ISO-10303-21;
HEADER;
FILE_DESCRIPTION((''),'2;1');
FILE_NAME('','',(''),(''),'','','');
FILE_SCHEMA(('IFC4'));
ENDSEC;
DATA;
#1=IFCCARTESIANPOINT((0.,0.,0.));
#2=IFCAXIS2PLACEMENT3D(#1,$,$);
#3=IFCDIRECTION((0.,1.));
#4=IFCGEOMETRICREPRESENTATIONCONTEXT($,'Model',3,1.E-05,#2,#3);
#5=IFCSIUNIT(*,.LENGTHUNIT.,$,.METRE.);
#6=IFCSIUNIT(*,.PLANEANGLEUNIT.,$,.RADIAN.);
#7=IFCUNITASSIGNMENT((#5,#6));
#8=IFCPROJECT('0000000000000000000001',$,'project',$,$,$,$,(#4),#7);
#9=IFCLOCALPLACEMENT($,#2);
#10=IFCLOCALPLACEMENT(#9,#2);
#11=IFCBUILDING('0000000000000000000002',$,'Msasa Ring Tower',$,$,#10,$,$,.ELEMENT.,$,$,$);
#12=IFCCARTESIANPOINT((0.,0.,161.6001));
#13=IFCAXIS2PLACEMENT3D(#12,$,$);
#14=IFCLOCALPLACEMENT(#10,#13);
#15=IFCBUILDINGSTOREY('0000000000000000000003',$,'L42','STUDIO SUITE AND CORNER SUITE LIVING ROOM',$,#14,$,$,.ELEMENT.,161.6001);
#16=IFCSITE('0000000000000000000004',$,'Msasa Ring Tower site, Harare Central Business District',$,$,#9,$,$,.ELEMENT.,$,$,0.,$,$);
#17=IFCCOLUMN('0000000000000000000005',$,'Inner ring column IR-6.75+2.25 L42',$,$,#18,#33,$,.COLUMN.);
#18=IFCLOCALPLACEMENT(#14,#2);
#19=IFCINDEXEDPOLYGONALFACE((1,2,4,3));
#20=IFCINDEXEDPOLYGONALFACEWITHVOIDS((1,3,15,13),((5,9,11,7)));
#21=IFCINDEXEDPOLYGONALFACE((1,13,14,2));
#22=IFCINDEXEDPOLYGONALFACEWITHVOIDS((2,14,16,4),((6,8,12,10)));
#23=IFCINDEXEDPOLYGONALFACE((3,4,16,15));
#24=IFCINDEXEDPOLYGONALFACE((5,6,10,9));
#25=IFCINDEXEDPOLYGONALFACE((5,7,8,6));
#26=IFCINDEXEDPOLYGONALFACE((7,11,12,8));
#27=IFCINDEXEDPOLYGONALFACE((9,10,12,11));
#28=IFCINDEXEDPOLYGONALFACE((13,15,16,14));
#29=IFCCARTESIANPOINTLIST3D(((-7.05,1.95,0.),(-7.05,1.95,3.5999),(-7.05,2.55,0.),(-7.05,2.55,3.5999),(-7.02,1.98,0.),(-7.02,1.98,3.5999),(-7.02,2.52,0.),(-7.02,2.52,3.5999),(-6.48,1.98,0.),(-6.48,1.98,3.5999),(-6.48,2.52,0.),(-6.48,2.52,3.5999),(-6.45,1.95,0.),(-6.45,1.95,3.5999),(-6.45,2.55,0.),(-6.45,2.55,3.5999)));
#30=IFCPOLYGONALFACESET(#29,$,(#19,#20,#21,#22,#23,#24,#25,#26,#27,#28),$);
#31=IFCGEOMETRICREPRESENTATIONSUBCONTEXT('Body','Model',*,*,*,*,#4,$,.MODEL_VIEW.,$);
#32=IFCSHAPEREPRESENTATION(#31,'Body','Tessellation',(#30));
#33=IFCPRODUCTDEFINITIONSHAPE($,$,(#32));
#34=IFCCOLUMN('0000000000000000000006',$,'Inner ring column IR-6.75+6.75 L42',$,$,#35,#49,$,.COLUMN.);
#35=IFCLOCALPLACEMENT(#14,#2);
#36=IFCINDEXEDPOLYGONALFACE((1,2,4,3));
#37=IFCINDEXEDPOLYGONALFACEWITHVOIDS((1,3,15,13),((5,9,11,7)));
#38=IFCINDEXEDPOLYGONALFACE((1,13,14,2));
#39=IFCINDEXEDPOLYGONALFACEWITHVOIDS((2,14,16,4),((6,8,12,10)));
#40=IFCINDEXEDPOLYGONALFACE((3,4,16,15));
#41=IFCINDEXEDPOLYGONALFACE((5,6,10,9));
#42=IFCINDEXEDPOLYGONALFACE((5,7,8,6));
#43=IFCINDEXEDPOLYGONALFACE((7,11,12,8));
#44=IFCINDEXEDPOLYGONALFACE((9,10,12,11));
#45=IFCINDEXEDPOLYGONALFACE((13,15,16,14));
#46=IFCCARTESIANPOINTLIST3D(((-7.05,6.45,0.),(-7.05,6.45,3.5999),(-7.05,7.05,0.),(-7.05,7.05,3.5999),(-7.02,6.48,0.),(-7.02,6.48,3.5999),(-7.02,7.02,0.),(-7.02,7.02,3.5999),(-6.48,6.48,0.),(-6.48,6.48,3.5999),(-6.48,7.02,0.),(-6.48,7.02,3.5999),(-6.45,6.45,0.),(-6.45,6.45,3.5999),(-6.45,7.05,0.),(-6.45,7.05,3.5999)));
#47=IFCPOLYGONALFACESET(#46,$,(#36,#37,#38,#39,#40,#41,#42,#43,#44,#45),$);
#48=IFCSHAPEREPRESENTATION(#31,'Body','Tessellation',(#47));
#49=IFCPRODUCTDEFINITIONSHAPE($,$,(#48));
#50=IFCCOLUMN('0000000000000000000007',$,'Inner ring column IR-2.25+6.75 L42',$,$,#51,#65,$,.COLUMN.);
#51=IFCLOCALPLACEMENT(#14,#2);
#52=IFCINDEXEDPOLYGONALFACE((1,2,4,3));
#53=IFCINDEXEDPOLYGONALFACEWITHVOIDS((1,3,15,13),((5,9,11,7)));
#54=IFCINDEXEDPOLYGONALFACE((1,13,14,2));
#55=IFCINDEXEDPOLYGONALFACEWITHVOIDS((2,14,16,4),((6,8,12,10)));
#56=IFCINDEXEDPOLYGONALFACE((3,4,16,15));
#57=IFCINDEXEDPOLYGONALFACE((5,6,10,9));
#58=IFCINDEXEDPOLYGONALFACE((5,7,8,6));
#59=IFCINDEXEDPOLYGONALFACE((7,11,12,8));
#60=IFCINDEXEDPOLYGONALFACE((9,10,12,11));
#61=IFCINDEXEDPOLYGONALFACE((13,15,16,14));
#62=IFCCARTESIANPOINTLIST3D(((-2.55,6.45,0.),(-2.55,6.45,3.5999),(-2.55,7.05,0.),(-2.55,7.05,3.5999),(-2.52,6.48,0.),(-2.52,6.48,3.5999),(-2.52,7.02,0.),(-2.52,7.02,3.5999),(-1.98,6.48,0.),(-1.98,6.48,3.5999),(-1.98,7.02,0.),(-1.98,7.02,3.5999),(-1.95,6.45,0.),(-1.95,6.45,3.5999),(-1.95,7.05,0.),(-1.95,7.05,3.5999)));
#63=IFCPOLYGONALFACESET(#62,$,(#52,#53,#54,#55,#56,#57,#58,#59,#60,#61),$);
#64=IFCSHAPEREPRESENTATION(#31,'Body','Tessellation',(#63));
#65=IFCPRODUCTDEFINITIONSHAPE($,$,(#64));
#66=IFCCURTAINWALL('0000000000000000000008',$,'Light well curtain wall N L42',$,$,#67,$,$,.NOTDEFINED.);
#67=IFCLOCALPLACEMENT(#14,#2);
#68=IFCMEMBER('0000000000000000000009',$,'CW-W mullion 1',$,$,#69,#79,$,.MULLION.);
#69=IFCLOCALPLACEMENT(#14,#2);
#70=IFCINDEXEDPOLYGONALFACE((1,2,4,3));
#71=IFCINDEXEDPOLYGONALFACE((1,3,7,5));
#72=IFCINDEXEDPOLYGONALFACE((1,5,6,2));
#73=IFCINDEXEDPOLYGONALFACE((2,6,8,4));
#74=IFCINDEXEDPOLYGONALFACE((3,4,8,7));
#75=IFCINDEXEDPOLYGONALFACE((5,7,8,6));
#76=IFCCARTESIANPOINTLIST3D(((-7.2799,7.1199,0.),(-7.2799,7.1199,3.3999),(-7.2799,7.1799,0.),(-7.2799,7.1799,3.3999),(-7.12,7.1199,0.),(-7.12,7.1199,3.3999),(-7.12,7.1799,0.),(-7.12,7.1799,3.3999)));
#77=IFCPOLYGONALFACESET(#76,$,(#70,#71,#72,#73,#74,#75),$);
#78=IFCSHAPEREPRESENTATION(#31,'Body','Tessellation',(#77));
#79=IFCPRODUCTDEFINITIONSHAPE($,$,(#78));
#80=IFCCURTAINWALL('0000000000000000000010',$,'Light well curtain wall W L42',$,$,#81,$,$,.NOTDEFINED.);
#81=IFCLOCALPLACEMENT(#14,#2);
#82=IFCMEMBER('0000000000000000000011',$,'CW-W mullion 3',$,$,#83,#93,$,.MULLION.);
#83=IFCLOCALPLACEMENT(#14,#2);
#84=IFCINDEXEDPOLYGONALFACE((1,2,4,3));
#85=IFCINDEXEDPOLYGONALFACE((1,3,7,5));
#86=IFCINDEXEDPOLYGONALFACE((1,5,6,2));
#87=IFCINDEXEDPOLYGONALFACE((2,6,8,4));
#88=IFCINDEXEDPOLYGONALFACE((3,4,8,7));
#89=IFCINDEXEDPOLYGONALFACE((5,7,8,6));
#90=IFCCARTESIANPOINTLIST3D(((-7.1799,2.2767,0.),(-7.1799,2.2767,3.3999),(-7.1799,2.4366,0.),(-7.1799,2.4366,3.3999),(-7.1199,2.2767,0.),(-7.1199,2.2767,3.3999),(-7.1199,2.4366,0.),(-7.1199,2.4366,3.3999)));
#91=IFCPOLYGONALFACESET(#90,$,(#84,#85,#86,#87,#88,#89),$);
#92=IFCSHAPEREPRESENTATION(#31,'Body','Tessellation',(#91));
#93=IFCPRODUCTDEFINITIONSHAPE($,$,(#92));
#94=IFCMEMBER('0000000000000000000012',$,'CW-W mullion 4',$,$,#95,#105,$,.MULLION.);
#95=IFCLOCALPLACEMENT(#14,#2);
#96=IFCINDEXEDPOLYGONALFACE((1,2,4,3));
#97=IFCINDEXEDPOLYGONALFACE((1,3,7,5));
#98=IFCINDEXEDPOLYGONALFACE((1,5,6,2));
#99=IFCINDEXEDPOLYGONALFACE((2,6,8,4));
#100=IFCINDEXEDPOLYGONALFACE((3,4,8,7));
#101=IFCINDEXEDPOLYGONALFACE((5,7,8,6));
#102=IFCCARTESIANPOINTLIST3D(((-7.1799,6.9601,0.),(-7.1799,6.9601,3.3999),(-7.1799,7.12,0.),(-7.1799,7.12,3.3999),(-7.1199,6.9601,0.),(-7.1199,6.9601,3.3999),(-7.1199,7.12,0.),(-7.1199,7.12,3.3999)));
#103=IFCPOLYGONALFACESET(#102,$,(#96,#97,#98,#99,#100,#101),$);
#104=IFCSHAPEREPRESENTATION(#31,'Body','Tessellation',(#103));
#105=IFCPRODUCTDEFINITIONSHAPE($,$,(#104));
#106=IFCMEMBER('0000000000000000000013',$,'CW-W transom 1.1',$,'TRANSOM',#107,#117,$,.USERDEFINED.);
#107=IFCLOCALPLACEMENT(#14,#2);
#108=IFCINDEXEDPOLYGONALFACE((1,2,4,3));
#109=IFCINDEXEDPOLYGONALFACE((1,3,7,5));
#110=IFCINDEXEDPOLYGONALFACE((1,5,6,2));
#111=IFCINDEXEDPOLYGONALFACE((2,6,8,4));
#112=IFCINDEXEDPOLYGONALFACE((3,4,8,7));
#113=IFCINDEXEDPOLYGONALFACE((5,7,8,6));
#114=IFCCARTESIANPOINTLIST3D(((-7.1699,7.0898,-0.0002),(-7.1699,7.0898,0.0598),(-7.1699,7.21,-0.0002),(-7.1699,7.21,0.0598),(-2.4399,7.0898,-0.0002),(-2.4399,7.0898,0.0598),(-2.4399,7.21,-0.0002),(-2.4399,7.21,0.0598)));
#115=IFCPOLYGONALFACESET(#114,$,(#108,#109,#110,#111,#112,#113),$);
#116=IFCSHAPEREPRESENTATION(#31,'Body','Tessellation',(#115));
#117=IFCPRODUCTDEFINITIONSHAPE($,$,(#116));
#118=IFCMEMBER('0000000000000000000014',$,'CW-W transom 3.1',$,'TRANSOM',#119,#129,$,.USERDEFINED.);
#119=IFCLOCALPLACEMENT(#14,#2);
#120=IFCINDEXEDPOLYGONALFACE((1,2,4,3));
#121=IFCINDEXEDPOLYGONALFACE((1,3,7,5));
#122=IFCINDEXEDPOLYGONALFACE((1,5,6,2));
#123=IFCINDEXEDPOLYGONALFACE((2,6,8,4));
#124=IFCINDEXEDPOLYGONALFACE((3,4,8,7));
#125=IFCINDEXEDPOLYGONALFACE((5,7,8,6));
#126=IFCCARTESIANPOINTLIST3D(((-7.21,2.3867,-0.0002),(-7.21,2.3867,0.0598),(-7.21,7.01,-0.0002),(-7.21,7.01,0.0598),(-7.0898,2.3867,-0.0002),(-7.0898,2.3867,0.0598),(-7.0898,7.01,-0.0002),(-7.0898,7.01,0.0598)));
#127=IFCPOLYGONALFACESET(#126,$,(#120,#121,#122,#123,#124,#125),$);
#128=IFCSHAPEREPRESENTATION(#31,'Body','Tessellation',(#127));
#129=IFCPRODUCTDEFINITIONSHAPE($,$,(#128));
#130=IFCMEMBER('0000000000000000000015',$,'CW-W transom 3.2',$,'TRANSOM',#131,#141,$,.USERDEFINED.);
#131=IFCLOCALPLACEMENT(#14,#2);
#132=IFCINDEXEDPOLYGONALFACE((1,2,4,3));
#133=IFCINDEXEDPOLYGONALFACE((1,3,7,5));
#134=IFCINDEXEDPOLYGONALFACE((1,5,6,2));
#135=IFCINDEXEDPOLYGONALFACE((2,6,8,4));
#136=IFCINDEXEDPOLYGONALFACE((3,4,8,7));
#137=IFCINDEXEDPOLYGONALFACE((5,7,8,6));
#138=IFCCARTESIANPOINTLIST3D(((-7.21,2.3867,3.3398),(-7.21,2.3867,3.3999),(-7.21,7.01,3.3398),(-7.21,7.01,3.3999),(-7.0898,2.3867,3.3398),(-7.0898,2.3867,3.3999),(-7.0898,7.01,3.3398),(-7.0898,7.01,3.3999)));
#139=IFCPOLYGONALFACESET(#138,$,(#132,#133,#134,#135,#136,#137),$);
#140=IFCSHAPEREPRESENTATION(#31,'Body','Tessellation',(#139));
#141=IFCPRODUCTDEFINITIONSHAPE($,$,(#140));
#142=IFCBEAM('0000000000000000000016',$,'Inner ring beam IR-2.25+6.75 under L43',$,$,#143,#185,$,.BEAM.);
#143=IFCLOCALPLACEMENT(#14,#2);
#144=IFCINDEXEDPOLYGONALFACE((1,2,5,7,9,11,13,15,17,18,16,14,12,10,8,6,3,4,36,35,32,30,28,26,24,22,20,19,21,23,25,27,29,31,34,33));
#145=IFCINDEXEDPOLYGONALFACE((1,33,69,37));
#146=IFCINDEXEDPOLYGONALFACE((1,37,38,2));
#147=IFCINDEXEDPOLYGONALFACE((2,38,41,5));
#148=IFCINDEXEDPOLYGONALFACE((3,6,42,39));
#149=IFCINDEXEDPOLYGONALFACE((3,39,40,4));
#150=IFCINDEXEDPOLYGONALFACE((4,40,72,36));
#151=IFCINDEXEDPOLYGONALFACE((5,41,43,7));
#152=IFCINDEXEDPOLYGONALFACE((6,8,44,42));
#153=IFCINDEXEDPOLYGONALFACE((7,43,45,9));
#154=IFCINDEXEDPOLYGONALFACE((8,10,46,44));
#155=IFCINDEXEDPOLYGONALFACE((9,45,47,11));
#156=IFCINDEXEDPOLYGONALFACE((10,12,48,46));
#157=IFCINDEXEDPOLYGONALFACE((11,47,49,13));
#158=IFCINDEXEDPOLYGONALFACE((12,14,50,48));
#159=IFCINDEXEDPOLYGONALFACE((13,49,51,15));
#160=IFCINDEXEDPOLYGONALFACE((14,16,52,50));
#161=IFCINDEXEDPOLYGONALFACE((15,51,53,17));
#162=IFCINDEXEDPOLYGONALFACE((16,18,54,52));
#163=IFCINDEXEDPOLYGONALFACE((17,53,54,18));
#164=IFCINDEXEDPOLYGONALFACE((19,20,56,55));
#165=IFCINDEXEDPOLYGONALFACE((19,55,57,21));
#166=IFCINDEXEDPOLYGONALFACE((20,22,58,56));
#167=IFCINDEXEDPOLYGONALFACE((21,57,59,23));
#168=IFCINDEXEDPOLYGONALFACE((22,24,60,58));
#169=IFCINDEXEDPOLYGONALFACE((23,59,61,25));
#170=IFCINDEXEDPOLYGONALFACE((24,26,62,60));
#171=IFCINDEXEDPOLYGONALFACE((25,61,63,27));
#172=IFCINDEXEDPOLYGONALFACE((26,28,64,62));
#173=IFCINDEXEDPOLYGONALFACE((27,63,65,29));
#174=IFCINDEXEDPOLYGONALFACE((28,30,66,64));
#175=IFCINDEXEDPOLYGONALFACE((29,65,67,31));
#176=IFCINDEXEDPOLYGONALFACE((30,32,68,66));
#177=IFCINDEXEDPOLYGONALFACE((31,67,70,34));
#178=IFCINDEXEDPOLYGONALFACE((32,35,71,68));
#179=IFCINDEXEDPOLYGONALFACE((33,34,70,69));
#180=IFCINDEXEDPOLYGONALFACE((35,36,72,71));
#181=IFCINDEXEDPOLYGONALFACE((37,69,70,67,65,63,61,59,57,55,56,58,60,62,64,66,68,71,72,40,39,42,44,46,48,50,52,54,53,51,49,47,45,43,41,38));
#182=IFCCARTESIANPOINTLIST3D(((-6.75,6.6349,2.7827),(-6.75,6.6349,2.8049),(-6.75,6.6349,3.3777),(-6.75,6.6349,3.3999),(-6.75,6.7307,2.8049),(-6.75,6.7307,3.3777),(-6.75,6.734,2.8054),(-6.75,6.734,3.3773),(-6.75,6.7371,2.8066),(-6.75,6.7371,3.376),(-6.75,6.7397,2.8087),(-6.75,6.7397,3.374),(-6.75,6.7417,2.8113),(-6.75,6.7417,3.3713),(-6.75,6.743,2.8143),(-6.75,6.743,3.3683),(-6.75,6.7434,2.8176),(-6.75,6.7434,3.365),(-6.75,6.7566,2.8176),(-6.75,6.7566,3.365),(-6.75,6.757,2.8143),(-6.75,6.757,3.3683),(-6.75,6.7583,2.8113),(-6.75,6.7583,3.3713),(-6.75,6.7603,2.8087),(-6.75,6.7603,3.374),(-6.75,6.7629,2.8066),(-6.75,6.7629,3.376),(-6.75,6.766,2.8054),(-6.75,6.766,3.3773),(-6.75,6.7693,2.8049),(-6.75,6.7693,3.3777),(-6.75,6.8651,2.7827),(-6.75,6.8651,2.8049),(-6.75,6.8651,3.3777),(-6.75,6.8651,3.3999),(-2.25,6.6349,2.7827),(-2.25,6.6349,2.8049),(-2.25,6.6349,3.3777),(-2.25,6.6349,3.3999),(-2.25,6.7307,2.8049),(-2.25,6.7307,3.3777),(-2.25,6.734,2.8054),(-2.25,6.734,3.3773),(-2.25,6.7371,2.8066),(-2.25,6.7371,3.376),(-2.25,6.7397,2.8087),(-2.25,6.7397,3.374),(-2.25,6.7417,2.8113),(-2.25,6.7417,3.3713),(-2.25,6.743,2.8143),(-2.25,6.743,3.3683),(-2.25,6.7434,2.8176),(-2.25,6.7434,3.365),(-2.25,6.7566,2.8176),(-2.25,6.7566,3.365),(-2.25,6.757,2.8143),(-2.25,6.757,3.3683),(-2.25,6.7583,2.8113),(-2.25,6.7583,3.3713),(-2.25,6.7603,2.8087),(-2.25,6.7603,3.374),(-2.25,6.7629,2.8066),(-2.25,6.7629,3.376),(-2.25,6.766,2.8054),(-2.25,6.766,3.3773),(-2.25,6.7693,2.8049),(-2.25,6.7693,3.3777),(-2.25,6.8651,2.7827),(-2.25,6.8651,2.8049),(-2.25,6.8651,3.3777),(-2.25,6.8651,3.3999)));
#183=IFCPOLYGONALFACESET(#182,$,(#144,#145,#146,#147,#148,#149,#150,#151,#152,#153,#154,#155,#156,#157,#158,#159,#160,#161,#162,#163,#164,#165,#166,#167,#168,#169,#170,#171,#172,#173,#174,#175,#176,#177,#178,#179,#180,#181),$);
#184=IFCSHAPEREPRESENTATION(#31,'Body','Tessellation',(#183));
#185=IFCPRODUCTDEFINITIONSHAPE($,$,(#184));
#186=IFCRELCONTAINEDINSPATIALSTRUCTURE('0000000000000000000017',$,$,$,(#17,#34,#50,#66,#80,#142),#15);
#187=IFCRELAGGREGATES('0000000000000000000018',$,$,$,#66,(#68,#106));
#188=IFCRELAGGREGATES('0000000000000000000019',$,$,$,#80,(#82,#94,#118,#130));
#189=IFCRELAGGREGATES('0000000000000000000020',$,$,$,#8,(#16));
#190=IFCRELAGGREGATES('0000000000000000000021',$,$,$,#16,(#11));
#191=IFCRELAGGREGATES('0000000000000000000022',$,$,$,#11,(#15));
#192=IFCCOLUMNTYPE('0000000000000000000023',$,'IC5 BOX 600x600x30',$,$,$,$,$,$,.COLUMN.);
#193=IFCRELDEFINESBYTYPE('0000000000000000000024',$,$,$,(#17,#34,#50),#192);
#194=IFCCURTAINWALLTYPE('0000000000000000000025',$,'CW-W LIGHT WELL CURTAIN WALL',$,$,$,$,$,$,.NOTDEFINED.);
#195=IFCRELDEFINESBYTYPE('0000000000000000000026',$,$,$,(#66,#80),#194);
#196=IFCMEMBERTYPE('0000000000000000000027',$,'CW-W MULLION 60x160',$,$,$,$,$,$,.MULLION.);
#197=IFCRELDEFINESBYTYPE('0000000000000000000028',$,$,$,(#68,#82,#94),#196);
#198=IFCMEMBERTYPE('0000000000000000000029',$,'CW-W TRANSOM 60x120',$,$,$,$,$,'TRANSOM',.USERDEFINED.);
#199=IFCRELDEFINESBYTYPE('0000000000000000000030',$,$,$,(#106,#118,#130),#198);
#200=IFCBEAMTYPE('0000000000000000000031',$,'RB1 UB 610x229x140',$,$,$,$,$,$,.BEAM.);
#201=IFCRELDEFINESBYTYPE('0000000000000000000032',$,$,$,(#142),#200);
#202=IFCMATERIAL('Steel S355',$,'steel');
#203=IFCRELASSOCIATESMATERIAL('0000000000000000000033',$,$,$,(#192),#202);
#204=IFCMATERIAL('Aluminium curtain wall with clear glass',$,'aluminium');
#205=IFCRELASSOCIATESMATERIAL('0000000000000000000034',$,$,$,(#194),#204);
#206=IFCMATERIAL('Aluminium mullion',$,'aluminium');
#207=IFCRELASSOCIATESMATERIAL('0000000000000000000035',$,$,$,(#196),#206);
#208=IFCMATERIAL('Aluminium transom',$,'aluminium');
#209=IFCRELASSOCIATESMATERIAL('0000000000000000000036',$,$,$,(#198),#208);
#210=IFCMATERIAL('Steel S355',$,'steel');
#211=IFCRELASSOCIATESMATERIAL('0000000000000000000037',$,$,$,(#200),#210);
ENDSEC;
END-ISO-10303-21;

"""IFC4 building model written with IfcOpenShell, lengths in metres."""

from ifc_helpers import new_model, si_unit, direction, frame, origin, origin_2d, place, context, subcontext, project, spatial, rectangle, hollow_rectangle, i_section, extrude, material, material_profile, profile_set, type_object, element, aggregate, save


model = new_model("IFC4")

# Units and contexts
model_context = context("Model", 3, precision=1e-05, world=origin(), true_north=direction((0.0, 1.0)))
body_context = subcontext(model_context, "Body", "Model", "MODEL_VIEW")
ifc_project = project(units=[si_unit("LENGTHUNIT", "METRE"), si_unit("PLANEANGLEUNIT", "RADIAN")], contexts=[model_context])

# Site, building, storey
site_placement = place(None, origin())
site = spatial("IfcSite", under=ifc_project, at=site_placement, Name="Msasa Ring Tower site, Harare Central Business District", CompositionType="ELEMENT", RefElevation=0.0)
building_placement = place(site_placement, origin())
building = spatial("IfcBuilding", under=site, at=building_placement, Name="Msasa Ring Tower", CompositionType="ELEMENT")
storey_placement = place(building_placement, frame((0.0, 0.0, 161.6001)))
storey = spatial("IfcBuildingStorey", under=building, at=storey_placement, Name="L42", Description="STUDIO SUITE AND CORNER SUITE LIVING ROOM", CompositionType="ELEMENT", Elevation=161.6001)

# Columns
ifc_material_1 = material(Name="Steel S355", Category="steel")
ifc_material_profile_1 = material_profile(ifc_material_1, hollow_rectangle(XDim=0.6001, YDim=0.6001, WallThickness=0.03, at=origin_2d()), Name="BOX 600x600x30")
ifc_profile_set_1 = profile_set([ifc_material_profile_1], Name="Steel S355")
column_type = type_object("IfcColumnType", Name="IC5 BOX 600x600x30", PredefinedType="COLUMN", material=ifc_profile_set_1)
for number, where, z_axis, x_axis, name in (
    (1, (-6.75, 2.25, 0.0), (0.0, 0.0, 1.0), (1.0, 0.0, 0.0), "Inner ring column IR-6.75+2.25 L42"),
    (2, (-6.75, 6.75, 0.0), (0.0, 0.0, 1.0), (1.0, 0.0, 0.0), "Inner ring column IR-6.75+6.75 L42"),
    (3, (-2.25, 6.75, 0.0), (0.0, 0.0, 1.0), (1.0, 0.0, 0.0), "Inner ring column IR-2.25+6.75 L42"),
):
    element("IfcColumn", number, at=place(storey_placement, frame(where, z_axis=z_axis, x_axis=x_axis)), inside=storey, type_object=column_type, Name=name, PredefinedType="COLUMN", context=body_context, shape_type="SweptSolid", body=[
        extrude(hollow_rectangle(XDim=0.6001, YDim=0.6001, WallThickness=0.03, at=origin_2d()), origin(), (0.0, 0.0, 1.0), 3.5999),
    ])

# Curtain wall, member
ifc_material_2 = material(Name="Aluminium curtain wall with clear glass", Category="aluminium")
curtain_wall_type = type_object("IfcCurtainWallType", Name="CW-W LIGHT WELL CURTAIN WALL", PredefinedType="NOTDEFINED", material=ifc_material_2)
curtain_wall_1_placement = place(storey_placement, origin())
curtain_wall_1 = element("IfcCurtainWall", 4, at=curtain_wall_1_placement, inside=storey, type_object=curtain_wall_type, Name="Light well curtain wall N L42", PredefinedType="NOTDEFINED")
ifc_material_3 = material(Name="Aluminium mullion", Category="aluminium")
ifc_material_profile_2 = material_profile(ifc_material_3, rectangle(XDim=0.0601, YDim=0.1599, at=origin_2d()), Name="AL 60x160")
ifc_profile_set_2 = profile_set([ifc_material_profile_2], Name="Aluminium mullion")
member_type_1 = type_object("IfcMemberType", Name="CW-W MULLION 60x160", PredefinedType="MULLION", material=ifc_profile_set_2)
member_1_placement = place(storey_placement, frame((-7.2, 7.1499, 0.0), z_axis=(0.0, 0.0, 1.0), x_axis=(0.0, 1.0, 0.0)))
member_1 = element("IfcMember", 5, at=member_1_placement, type_object=member_type_1, Name="CW-W mullion 1", PredefinedType="MULLION", context=body_context, shape_type="SweptSolid", body=[
    extrude(rectangle(XDim=0.0601, YDim=0.1599, at=origin_2d()), origin(), (0.0, 0.0, 1.0), 3.3999),
])

# Curtain wall, members
curtain_wall_2_placement = place(storey_placement, origin())
curtain_wall_2 = element("IfcCurtainWall", 6, at=curtain_wall_2_placement, inside=storey, type_object=curtain_wall_type, Name="Light well curtain wall W L42", PredefinedType="NOTDEFINED")
member_2_placement = place(storey_placement, frame((-7.1499, 2.3567, 0.0), z_axis=(0.0, 0.0, 1.0), x_axis=(-1.0, 0.0, 0.0)))
member_2 = element("IfcMember", 7, at=member_2_placement, type_object=member_type_1, Name="CW-W mullion 3", PredefinedType="MULLION", context=body_context, shape_type="SweptSolid", body=[
    extrude(rectangle(XDim=0.0601, YDim=0.1599, at=origin_2d()), origin(), (0.0, 0.0, 1.0), 3.3999),
])
member_3_placement = place(storey_placement, frame((-7.1499, 7.04, 0.0), z_axis=(0.0, 0.0, 1.0), x_axis=(-1.0, 0.0, 0.0)))
member_3 = element("IfcMember", 8, at=member_3_placement, type_object=member_type_1, Name="CW-W mullion 4", PredefinedType="MULLION", context=body_context, shape_type="SweptSolid", body=[
    extrude(rectangle(XDim=0.0601, YDim=0.1599, at=origin_2d()), origin(), (0.0, 0.0, 1.0), 3.3999),
])

# Members
ifc_material_4 = material(Name="Aluminium transom", Category="aluminium")
ifc_material_profile_3 = material_profile(ifc_material_4, rectangle(XDim=0.1201, YDim=0.0601, at=origin_2d()), Name="AL 60x120")
ifc_profile_set_3 = profile_set([ifc_material_profile_3], Name="Aluminium transom")
member_type_2 = type_object("IfcMemberType", Name="CW-W TRANSOM 60x120", ElementType="TRANSOM", PredefinedType="USERDEFINED", material=ifc_profile_set_3)
member_4_placement = place(storey_placement, frame((-7.1699, 7.1499, 0.0298), z_axis=(1.0, 0.0, 0.0), x_axis=(0.0, 1.0, 0.0)))
member_4 = element("IfcMember", 9, at=member_4_placement, type_object=member_type_2, Name="CW-W transom 1.1", ObjectType="TRANSOM", PredefinedType="USERDEFINED", context=body_context, shape_type="SweptSolid", body=[
    extrude(rectangle(XDim=0.1201, YDim=0.0601, at=origin_2d()), origin(), (0.0, 0.0, 1.0), 4.73),
])
aggregate(curtain_wall_1, [member_1, member_4])
member_5_placement = place(storey_placement, frame((-7.1499, 2.3867, 0.0298), z_axis=(0.0, 1.0, 0.0), x_axis=(-1.0, 0.0, 0.0)))
member_5 = element("IfcMember", 10, at=member_5_placement, type_object=member_type_2, Name="CW-W transom 3.1", ObjectType="TRANSOM", PredefinedType="USERDEFINED", context=body_context, shape_type="SweptSolid", body=[
    extrude(rectangle(XDim=0.1201, YDim=0.0601, at=origin_2d()), origin(), (0.0, 0.0, 1.0), 4.6233),
])
member_6_placement = place(storey_placement, frame((-7.1499, 2.3867, 3.3699), z_axis=(0.0, 1.0, 0.0), x_axis=(-1.0, 0.0, 0.0)))
member_6 = element("IfcMember", 11, at=member_6_placement, type_object=member_type_2, Name="CW-W transom 3.2", ObjectType="TRANSOM", PredefinedType="USERDEFINED", context=body_context, shape_type="SweptSolid", body=[
    extrude(rectangle(XDim=0.1201, YDim=0.0601, at=origin_2d()), origin(), (0.0, 0.0, 1.0), 4.6233),
])

# Beam
ifc_material_5 = material(Name="Steel S355", Category="steel")
ifc_material_profile_4 = material_profile(ifc_material_5, i_section(OverallWidth=0.2302, OverallDepth=0.6172, WebThickness=0.0132, FlangeThickness=0.0222, FilletRadius=0.0127, at=origin_2d()), Name="UB 610x229x140")
ifc_profile_set_4 = profile_set([ifc_material_profile_4], Name="Steel S355")
beam_type = type_object("IfcBeamType", Name="RB1 UB 610x229x140", PredefinedType="BEAM", material=ifc_profile_set_4)
for number, where, z_axis, x_axis, name in (
    (12, (-2.25, 6.75, 3.0913), (-1.0, 0.0, 0.0), (0.0, -1.0, 0.0), "Inner ring beam IR-2.25+6.75 under L43"),
):
    element("IfcBeam", number, at=place(storey_placement, frame(where, z_axis=z_axis, x_axis=x_axis)), inside=storey, type_object=beam_type, Name=name, PredefinedType="BEAM", context=body_context, shape_type="SweptSolid", body=[
        extrude(i_section(OverallWidth=0.2302, OverallDepth=0.6172, WebThickness=0.0132, FlangeThickness=0.0222, FilletRadius=0.0127, at=origin_2d()), origin(), (0.0, 0.0, 1.0), 4.5),
    ])

aggregate(curtain_wall_2, [member_2, member_3, member_5, member_6])

save(model, "model.ifc")
